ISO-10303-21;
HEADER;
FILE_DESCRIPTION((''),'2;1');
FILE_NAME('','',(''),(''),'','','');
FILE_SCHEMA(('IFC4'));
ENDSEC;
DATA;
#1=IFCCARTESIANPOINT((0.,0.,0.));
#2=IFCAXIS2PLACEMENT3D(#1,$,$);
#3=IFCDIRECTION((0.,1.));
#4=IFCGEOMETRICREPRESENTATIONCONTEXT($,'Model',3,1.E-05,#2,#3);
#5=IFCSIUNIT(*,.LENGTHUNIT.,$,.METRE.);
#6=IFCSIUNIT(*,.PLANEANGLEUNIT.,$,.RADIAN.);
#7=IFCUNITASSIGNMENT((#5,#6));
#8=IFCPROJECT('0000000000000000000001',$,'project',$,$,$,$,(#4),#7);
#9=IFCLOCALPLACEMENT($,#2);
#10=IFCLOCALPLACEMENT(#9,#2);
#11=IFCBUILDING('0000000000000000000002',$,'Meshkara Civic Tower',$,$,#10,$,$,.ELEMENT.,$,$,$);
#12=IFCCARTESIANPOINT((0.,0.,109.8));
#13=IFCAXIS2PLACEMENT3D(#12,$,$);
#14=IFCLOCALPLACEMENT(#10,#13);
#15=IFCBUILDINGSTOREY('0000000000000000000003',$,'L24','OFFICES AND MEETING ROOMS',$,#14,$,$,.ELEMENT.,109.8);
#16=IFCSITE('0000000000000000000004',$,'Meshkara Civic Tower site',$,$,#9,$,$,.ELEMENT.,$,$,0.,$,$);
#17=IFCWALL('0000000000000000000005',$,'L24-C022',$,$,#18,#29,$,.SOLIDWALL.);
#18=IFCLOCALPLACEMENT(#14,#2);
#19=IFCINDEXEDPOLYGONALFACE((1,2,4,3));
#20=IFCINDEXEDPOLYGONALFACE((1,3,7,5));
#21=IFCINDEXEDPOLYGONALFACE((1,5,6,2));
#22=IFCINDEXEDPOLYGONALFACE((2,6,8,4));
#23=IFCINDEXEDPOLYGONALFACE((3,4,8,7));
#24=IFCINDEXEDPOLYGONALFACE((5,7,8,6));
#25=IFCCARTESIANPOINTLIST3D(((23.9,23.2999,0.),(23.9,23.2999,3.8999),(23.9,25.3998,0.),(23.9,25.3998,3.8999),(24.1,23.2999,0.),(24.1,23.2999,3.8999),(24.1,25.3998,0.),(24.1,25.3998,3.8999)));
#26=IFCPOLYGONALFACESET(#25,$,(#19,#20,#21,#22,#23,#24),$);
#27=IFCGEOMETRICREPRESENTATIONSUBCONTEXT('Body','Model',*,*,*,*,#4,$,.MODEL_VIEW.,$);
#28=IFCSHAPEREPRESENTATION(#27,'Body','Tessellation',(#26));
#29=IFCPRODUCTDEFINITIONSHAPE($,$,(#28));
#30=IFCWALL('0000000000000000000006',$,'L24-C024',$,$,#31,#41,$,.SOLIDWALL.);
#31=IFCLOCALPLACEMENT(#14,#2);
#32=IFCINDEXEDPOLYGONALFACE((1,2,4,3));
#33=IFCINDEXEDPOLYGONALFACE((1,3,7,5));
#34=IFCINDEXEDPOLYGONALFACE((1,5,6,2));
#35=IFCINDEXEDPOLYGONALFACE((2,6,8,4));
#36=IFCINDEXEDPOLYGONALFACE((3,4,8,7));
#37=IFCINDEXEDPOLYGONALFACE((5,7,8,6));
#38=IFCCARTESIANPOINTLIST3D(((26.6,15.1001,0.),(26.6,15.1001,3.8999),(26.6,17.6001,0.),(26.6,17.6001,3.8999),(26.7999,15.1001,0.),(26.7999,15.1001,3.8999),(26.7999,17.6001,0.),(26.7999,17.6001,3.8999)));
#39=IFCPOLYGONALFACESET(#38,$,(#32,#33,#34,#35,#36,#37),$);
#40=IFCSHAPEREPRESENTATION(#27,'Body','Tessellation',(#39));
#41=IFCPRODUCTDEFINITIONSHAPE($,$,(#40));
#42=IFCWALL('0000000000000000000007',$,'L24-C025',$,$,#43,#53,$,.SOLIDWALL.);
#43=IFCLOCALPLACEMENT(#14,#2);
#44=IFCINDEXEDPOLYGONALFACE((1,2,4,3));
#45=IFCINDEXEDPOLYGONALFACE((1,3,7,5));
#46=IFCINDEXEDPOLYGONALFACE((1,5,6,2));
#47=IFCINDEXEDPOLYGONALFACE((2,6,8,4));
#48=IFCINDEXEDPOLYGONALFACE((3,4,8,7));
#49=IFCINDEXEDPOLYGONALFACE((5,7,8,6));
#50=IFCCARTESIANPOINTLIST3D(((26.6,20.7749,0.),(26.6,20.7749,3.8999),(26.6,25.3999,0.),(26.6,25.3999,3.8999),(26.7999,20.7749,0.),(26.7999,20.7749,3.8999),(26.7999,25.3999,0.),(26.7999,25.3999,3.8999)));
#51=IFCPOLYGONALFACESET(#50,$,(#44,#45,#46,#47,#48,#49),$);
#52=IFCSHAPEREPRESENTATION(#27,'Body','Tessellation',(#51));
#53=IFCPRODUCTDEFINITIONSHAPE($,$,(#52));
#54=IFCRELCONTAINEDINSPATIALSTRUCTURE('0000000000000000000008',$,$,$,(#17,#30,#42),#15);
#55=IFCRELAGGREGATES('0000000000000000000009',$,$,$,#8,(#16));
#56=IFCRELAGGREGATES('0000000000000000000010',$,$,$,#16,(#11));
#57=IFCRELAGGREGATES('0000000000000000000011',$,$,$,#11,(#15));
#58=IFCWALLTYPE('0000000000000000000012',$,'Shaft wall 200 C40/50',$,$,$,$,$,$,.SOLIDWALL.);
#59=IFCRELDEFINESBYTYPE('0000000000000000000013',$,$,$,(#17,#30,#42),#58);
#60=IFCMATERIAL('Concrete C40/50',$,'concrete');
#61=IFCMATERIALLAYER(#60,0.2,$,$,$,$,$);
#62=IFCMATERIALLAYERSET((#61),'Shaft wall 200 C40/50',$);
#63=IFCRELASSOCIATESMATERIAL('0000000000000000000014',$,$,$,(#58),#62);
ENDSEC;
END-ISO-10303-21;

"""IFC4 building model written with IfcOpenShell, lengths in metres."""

from ifc_helpers import new_model, si_unit, direction, frame, frame_2d, origin, place, context, subcontext, project, spatial, rectangle, extrude, material, layer, layer_set, type_object, element, save


model = new_model("IFC4")

# Units and contexts
model_context = context("Model", 3, precision=1e-05, world=origin(), true_north=direction((0.0, 1.0)))
body_context = subcontext(model_context, "Body", "Model", "MODEL_VIEW")
ifc_project = project(units=[si_unit("LENGTHUNIT", "METRE"), si_unit("PLANEANGLEUNIT", "RADIAN")], contexts=[model_context])

# Site, building, storey
site_placement = place(None, origin())
site = spatial("IfcSite", under=ifc_project, at=site_placement, Name="Meshkara Civic Tower site", CompositionType="ELEMENT", RefElevation=0.0)
building_placement = place(site_placement, origin())
building = spatial("IfcBuilding", under=site, at=building_placement, Name="Meshkara Civic Tower", CompositionType="ELEMENT")
storey_placement = place(building_placement, frame((0.0, 0.0, 109.8)))
storey = spatial("IfcBuildingStorey", under=building, at=storey_placement, Name="L24", Description="OFFICES AND MEETING ROOMS", CompositionType="ELEMENT", Elevation=109.8)

# Shared definitions
ifc_material_1 = material(Name="Concrete C40/50", Category="concrete")
ifc_layer_1 = layer(ifc_material_1, 0.2)
ifc_layer_set_1 = layer_set([ifc_layer_1], Name="Shaft wall 200 C40/50")
wall_type_1 = type_object("IfcWallType", Name="Shaft wall 200 C40/50", PredefinedType="SOLIDWALL", material=ifc_layer_set_1)

# Walls
wall_1_placement = place(storey_placement, frame((24.0, 23.3, 0.0), z_axis=(0.0, 0.0, 1.0), x_axis=(0.0, 1.0, 0.0)))
element("IfcWall", 1, at=wall_1_placement, inside=storey, type_object=wall_type_1, Name="L24-C022", PredefinedType="SOLIDWALL", context=body_context, shape_type="SweptSolid", body=[
    extrude(rectangle(XDim=2.0999, YDim=0.2, at=frame_2d((1.0498, 0.0))), origin(), (0.0, 0.0, 1.0), 3.8999),
])
wall_2_placement = place(storey_placement, frame((26.7, 15.1001, 0.0), z_axis=(0.0, 0.0, 1.0), x_axis=(0.0, 1.0, 0.0)))
element("IfcWall", 2, at=wall_2_placement, inside=storey, type_object=wall_type_1, Name="L24-C024", PredefinedType="SOLIDWALL", context=body_context, shape_type="SweptSolid", body=[
    extrude(rectangle(XDim=2.5, YDim=0.2, at=frame_2d((1.25, 0.0))), origin(), (0.0, 0.0, 1.0), 3.8999),
])
wall_3_placement = place(storey_placement, frame((26.7, 20.7749, 0.0), z_axis=(0.0, 0.0, 1.0), x_axis=(0.0, 1.0, 0.0)))
element("IfcWall", 3, at=wall_3_placement, inside=storey, type_object=wall_type_1, Name="L24-C025", PredefinedType="SOLIDWALL", context=body_context, shape_type="SweptSolid", body=[
    extrude(rectangle(XDim=4.625, YDim=0.2, at=frame_2d((2.3125, 0.0))), origin(), (0.0, 0.0, 1.0), 3.8999),
])

save(model, "model.ifc")
